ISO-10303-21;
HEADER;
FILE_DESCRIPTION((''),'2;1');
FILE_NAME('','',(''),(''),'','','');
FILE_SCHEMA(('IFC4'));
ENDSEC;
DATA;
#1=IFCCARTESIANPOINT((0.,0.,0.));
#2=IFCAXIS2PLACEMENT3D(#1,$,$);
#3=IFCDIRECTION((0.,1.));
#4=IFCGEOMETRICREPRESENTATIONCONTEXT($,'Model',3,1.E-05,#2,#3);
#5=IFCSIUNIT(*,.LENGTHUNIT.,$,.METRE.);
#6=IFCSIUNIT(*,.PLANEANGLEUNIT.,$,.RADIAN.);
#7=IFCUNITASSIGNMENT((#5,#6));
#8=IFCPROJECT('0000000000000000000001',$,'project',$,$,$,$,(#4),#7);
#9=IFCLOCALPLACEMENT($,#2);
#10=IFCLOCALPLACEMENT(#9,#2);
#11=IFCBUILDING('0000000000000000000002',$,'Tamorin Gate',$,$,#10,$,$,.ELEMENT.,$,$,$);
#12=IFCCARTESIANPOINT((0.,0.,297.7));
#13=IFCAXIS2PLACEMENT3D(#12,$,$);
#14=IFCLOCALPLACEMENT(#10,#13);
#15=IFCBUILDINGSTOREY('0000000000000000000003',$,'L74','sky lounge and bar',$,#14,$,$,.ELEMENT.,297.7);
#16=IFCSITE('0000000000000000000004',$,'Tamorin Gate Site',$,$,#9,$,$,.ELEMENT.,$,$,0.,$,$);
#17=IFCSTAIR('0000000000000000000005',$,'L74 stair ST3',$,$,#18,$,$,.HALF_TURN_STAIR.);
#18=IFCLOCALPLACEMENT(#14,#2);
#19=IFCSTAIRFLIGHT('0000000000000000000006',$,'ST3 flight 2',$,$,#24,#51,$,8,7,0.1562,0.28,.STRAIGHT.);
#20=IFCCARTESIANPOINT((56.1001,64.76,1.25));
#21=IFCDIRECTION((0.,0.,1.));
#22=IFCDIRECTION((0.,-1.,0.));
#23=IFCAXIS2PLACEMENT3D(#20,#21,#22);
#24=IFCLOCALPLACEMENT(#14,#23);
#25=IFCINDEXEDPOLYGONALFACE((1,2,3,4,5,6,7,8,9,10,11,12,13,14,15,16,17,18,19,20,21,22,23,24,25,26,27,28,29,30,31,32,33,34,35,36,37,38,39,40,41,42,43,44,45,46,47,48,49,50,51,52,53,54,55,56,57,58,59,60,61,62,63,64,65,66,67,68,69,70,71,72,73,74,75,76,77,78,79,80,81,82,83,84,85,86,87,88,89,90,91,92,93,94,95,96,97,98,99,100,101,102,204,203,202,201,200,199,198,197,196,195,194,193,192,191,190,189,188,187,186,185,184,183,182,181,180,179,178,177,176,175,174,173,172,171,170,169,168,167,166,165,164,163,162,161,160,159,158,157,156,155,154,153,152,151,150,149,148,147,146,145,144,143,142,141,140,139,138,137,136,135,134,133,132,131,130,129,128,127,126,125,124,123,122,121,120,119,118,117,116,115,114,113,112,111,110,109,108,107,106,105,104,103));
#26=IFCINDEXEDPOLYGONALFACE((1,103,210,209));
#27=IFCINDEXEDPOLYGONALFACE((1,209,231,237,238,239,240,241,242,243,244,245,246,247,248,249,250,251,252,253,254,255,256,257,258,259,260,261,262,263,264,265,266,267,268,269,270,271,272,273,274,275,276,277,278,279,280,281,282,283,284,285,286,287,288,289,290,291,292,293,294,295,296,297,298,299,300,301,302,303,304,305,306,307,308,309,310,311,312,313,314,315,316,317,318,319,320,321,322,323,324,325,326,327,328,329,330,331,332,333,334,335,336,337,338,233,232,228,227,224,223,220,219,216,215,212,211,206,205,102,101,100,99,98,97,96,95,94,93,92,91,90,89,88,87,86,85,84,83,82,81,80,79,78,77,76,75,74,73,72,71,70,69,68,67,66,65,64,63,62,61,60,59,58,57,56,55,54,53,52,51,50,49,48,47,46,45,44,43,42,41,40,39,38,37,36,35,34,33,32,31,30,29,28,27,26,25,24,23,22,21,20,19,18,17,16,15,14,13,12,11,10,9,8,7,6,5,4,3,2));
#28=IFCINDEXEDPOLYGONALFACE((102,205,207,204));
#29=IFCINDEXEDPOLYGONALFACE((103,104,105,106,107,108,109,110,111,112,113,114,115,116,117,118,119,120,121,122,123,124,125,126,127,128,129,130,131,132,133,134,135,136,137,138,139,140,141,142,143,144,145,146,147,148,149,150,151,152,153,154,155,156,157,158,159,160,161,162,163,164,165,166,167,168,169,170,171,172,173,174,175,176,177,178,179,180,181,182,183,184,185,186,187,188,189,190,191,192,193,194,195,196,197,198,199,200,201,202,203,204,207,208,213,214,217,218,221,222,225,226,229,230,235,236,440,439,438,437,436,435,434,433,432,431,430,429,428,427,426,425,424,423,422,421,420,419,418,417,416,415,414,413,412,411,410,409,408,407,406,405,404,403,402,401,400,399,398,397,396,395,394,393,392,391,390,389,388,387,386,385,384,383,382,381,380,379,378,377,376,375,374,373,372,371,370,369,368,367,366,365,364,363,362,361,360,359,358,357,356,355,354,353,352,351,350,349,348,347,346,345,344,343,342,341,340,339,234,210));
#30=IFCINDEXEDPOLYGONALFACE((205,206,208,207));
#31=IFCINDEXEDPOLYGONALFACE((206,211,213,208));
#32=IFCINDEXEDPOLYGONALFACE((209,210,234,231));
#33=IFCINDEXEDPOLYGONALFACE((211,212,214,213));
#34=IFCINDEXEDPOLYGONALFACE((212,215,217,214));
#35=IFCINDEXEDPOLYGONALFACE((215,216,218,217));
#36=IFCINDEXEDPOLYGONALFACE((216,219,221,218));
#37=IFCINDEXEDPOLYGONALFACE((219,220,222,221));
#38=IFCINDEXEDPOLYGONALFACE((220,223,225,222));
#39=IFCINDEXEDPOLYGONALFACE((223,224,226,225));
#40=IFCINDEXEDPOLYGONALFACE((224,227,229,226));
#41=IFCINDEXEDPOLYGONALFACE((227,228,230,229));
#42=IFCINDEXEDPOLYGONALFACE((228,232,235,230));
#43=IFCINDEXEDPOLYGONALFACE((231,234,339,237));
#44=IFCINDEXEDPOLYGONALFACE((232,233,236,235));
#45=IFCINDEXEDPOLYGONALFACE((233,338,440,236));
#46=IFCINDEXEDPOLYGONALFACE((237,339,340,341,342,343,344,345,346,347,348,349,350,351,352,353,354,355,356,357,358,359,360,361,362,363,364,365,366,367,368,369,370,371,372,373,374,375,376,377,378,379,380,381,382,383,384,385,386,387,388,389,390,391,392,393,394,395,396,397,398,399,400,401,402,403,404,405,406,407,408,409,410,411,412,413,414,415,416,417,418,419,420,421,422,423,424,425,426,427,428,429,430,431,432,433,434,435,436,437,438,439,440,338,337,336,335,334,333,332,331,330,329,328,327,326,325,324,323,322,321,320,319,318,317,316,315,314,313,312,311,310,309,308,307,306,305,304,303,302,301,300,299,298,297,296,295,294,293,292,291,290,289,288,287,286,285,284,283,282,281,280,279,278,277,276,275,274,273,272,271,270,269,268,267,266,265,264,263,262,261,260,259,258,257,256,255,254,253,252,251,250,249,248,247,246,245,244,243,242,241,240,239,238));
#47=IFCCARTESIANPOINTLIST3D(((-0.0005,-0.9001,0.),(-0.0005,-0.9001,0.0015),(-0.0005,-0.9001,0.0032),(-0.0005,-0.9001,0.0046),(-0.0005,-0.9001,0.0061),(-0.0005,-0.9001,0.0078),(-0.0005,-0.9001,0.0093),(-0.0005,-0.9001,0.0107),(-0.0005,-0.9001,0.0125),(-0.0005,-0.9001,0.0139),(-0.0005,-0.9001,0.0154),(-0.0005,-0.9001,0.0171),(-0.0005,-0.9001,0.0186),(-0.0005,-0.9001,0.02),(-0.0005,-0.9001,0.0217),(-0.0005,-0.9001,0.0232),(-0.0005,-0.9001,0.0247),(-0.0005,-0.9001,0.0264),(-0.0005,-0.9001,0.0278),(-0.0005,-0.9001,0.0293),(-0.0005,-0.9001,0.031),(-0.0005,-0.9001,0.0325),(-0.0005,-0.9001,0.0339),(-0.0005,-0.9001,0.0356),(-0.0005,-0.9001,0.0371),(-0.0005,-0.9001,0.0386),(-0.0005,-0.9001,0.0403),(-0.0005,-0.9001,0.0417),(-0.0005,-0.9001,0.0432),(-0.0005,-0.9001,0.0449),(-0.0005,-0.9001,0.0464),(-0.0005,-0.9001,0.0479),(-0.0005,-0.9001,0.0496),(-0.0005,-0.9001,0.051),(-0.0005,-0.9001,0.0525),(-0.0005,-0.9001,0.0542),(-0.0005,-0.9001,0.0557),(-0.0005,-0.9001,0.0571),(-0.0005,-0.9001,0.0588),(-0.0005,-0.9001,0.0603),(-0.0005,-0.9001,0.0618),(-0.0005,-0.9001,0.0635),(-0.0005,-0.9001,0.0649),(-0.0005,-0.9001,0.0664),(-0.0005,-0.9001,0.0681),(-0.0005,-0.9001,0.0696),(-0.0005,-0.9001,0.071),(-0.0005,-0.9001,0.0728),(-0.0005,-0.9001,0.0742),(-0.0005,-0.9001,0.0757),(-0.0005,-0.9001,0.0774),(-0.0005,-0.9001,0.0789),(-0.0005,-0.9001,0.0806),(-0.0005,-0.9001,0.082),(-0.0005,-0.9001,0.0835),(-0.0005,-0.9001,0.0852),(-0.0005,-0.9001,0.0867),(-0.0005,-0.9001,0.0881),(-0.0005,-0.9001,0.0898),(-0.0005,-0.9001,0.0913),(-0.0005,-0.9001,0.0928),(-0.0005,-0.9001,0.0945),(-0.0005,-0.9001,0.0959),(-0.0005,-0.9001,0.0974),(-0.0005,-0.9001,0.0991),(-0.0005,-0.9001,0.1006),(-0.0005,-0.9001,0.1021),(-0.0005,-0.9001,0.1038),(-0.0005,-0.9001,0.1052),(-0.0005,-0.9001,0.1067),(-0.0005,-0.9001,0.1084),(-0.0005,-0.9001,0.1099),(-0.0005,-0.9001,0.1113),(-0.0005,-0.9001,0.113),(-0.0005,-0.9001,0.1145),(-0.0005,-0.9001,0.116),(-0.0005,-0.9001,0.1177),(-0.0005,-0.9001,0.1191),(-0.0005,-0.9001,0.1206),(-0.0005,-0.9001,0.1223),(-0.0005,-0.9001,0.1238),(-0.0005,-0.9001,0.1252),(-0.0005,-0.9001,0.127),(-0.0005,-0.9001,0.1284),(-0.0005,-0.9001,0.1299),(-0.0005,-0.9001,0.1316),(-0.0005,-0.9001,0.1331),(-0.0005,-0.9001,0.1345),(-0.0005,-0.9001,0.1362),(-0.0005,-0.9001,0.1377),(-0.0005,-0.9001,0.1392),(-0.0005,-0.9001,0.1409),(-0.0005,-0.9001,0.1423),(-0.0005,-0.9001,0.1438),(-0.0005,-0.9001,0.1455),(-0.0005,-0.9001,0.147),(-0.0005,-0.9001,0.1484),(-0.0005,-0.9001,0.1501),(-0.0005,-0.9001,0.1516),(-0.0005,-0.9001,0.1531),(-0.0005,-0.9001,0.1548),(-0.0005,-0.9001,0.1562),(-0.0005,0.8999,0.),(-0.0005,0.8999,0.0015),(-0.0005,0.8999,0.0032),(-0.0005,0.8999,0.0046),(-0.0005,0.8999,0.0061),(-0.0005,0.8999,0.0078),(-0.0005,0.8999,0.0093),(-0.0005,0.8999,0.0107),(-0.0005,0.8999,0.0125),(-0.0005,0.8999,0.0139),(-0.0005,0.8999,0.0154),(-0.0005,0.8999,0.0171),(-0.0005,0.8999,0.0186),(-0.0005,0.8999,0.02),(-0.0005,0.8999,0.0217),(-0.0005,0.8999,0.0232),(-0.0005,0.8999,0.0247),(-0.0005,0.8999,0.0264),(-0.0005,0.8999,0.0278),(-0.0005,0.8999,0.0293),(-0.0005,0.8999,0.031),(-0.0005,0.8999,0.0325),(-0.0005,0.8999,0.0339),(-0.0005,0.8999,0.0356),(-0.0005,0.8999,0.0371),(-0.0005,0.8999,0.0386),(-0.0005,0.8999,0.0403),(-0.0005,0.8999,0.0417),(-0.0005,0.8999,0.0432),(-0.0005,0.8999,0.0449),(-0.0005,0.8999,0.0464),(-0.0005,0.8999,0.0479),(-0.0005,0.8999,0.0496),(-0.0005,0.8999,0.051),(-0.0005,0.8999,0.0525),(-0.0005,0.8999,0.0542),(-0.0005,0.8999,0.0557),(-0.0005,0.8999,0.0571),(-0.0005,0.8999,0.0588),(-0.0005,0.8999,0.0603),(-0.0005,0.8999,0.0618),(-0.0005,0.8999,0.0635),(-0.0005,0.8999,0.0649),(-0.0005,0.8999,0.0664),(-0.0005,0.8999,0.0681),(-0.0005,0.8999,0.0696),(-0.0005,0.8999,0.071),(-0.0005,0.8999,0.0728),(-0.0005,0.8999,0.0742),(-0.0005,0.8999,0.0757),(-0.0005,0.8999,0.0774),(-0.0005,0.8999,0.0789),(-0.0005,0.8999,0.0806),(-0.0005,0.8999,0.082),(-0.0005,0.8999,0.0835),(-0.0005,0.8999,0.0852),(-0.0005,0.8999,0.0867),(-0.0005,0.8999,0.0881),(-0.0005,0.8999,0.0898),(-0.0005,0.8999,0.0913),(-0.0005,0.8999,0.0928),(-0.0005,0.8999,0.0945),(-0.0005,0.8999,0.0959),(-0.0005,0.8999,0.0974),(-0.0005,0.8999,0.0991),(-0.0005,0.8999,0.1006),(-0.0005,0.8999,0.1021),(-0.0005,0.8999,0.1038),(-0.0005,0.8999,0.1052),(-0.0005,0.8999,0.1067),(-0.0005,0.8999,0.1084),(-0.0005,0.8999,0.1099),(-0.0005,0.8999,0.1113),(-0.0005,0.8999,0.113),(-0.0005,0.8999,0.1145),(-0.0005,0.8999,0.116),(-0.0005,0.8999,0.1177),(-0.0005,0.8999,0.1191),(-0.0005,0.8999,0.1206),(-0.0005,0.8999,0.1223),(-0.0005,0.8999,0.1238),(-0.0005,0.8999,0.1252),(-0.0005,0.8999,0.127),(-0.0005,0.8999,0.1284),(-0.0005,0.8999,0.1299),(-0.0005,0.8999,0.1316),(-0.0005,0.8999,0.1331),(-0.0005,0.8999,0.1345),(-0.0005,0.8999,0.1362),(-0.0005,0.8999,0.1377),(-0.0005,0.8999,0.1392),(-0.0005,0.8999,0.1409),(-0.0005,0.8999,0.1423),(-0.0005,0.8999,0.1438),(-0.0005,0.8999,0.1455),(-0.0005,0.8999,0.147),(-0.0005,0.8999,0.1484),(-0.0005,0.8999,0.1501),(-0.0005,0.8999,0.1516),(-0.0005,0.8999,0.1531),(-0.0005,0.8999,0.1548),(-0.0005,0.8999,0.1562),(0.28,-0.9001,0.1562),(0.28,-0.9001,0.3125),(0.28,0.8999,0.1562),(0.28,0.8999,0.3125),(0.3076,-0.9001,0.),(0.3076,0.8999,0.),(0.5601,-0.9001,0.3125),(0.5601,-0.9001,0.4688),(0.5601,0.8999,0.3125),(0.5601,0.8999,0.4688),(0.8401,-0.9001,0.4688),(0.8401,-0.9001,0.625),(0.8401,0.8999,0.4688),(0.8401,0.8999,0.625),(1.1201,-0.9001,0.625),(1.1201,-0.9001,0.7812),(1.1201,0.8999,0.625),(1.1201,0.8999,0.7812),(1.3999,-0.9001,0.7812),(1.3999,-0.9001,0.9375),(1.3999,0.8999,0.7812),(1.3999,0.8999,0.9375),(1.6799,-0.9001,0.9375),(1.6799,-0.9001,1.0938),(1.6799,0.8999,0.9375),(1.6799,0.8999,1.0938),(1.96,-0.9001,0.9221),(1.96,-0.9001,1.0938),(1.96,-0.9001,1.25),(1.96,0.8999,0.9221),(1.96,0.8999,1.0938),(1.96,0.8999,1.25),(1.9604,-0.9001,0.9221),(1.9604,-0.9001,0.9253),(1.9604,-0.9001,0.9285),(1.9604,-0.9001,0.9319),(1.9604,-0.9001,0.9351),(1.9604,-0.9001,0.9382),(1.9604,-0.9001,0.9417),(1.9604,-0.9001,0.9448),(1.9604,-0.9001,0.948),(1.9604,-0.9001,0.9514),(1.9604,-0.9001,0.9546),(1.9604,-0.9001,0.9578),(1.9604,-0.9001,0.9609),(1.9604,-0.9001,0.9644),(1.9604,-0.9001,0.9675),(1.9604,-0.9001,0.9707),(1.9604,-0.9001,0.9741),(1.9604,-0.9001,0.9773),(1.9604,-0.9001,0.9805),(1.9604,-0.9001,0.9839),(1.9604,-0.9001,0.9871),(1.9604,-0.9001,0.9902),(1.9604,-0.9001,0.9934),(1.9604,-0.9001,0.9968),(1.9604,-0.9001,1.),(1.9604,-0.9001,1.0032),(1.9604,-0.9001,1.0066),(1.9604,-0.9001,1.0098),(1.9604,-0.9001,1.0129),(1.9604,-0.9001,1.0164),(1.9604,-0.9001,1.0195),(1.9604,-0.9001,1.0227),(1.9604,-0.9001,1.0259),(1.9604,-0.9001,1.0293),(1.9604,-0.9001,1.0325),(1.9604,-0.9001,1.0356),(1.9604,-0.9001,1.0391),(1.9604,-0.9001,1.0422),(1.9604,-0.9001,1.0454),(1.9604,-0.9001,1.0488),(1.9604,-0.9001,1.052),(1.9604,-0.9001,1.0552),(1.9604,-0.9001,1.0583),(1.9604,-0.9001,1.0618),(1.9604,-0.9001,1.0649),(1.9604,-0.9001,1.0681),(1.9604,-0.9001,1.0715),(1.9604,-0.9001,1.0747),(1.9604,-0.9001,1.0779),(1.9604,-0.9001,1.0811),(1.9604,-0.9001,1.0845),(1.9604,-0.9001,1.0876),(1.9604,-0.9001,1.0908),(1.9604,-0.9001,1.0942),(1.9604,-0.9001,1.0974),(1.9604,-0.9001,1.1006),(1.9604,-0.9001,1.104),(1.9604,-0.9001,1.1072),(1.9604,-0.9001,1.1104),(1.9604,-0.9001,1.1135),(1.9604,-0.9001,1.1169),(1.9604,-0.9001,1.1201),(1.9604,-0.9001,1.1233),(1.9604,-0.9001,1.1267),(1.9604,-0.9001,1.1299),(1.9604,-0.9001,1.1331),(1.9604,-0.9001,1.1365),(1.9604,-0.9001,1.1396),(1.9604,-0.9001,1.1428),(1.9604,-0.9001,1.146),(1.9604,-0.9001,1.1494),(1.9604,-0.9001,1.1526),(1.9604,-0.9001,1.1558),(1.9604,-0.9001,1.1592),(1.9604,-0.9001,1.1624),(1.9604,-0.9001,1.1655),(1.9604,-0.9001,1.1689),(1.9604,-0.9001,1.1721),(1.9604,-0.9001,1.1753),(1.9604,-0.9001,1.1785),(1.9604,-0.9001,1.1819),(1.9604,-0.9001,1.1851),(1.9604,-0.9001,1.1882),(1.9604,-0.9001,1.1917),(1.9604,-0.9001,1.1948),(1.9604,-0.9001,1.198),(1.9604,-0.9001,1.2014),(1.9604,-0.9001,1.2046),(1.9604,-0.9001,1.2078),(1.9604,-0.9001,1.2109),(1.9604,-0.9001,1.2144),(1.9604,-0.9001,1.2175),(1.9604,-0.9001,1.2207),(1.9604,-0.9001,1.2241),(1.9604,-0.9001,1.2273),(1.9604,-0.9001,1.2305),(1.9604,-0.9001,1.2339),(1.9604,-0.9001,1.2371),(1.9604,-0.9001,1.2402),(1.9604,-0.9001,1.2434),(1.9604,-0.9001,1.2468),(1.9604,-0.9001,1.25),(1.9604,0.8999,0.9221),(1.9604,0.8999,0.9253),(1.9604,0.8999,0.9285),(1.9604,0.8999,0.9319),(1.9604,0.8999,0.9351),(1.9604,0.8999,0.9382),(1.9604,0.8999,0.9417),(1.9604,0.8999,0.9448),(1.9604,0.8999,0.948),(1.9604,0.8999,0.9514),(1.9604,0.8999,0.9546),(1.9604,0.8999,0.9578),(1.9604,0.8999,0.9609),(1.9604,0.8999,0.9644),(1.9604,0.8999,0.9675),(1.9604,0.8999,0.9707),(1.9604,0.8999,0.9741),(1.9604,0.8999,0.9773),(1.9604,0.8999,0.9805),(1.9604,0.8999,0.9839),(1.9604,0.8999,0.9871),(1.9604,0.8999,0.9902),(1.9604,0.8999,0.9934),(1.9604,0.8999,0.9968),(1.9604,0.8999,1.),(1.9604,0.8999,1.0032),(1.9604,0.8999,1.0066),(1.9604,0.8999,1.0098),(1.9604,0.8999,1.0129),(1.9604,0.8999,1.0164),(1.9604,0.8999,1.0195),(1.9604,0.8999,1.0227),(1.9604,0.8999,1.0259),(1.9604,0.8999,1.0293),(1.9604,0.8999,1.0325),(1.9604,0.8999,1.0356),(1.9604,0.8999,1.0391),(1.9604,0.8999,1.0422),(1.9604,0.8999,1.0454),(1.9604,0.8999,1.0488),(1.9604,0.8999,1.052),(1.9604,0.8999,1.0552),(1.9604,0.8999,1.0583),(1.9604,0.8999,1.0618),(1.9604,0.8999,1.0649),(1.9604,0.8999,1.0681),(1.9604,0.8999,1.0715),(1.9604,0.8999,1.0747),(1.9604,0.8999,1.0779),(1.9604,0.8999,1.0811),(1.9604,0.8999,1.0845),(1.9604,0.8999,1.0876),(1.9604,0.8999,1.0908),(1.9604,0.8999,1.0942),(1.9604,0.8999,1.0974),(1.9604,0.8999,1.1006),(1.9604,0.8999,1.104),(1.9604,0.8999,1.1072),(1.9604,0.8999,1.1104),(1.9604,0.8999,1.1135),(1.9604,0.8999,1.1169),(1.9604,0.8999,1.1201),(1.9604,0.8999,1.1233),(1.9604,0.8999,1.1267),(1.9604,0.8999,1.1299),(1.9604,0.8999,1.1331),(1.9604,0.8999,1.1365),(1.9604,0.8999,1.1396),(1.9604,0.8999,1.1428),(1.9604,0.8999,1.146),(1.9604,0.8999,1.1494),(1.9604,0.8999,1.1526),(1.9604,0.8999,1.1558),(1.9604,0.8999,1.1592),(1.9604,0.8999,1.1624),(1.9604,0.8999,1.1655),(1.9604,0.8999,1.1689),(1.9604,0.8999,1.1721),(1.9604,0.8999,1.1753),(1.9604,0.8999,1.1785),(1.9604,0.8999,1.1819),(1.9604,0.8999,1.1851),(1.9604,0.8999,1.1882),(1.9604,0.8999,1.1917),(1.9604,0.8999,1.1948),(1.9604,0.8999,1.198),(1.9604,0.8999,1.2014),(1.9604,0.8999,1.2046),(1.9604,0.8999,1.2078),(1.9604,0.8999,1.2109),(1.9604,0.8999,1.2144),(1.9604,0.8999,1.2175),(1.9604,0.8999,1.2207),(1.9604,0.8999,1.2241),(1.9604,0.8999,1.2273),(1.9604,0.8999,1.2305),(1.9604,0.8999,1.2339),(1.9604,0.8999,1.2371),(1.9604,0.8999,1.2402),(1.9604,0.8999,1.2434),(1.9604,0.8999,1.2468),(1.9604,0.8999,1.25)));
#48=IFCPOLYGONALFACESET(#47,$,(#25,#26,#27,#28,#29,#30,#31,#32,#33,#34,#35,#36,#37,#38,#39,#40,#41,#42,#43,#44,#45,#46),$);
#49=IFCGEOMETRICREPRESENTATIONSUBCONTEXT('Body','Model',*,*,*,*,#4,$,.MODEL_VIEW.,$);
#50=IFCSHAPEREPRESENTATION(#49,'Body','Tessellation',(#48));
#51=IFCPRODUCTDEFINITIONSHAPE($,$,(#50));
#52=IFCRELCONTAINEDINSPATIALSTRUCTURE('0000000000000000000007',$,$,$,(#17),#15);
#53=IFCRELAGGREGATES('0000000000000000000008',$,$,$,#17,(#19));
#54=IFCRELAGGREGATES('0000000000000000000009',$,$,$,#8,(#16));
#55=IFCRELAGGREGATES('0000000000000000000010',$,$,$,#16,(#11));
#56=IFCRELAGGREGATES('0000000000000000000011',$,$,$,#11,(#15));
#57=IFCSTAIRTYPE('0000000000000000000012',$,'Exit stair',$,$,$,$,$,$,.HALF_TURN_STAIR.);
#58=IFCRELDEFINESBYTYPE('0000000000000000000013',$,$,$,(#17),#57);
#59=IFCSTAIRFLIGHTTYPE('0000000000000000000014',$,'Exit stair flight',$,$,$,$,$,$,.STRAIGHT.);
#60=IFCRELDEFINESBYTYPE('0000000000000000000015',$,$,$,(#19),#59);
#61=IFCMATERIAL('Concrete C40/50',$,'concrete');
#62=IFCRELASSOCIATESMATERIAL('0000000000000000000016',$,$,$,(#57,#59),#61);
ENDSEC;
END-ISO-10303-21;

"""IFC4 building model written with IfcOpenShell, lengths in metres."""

from ifc_helpers import new_model, si_unit, direction, frame, origin, place, context, subcontext, project, spatial, polyline, outline, extrude, material, type_object, element, aggregate, save


model = new_model("IFC4")

# Units and contexts
model_context = context("Model", 3, precision=1e-05, world=origin(), true_north=direction((0.0, 1.0)))
body_context = subcontext(model_context, "Body", "Model", "MODEL_VIEW")
ifc_project = project(units=[si_unit("LENGTHUNIT", "METRE"), si_unit("PLANEANGLEUNIT", "RADIAN")], contexts=[model_context])

# Site, building, storey
site_placement = place(None, origin())
site = spatial("IfcSite", under=ifc_project, at=site_placement, Name="Tamorin Gate Site", CompositionType="ELEMENT", RefElevation=0.0)
building_placement = place(site_placement, origin())
building = spatial("IfcBuilding", under=site, at=building_placement, Name="Tamorin Gate", CompositionType="ELEMENT")
storey_placement = place(building_placement, frame((0.0, 0.0, 297.7)))
storey = spatial("IfcBuildingStorey", under=building, at=storey_placement, Name="L74", Description="sky lounge and bar", CompositionType="ELEMENT", Elevation=297.7)

# Shared definitions
ifc_material_1 = material(Name="Concrete C40/50", Category="concrete")

# Stair, stair flight
stair_type = type_object("IfcStairType", Name="Exit stair", PredefinedType="HALF_TURN_STAIR", material=ifc_material_1)
stair_placement = place(storey_placement, origin())
stair = element("IfcStair", 1, at=stair_placement, inside=storey, type_object=stair_type, Name="L74 stair ST3", PredefinedType="HALF_TURN_STAIR")
stair_flight_type = type_object("IfcStairFlightType", Name="Exit stair flight", PredefinedType="STRAIGHT", material=ifc_material_1)
stair_flight_1_placement = place(storey_placement, frame((56.1001, 64.76, 1.25), z_axis=(0.0, 0.0, 1.0), x_axis=(0.0, -1.0, 0.0)))
stair_flight_1 = element("IfcStairFlight", 2, at=stair_flight_1_placement, type_object=stair_flight_type, Name="ST3 flight 2", NumberOfRisers=8, NumberOfTreads=7, PredefinedType="STRAIGHT", RiserHeight=0.1562, TreadLength=0.28, context=body_context, shape_type="SweptSolid", body=[
    extrude(outline(polyline([(-0.0005, 0.0), (-0.0005, 0.0015), (-0.0005, 0.0032), (-0.0005, 0.0046), (-0.0005, 0.0061), (-0.0005, 0.0078), (-0.0005, 0.0093), (-0.0005, 0.0107), (-0.0005, 0.0125), (-0.0005, 0.0139), (-0.0005, 0.0154), (-0.0005, 0.0171), (-0.0005, 0.0186), (-0.0005, 0.02), (-0.0005, 0.0217), (-0.0005, 0.0232), (-0.0005, 0.0247), (-0.0005, 0.0264), (-0.0005, 0.0278), (-0.0005, 0.0293), (-0.0005, 0.031), (-0.0005, 0.0325), (-0.0005, 0.0339), (-0.0005, 0.0356), (-0.0005, 0.0371), (-0.0005, 0.0386), (-0.0005, 0.0403), (-0.0005, 0.0417), (-0.0005, 0.0432), (-0.0005, 0.0449), (-0.0005, 0.0464), (-0.0005, 0.0479), (-0.0005, 0.0496), (-0.0005, 0.051), (-0.0005, 0.0525), (-0.0005, 0.0542), (-0.0005, 0.0557), (-0.0005, 0.0571), (-0.0005, 0.0588), (-0.0005, 0.0603), (-0.0005, 0.0618), (-0.0005, 0.0635), (-0.0005, 0.0649), (-0.0005, 0.0664), (-0.0005, 0.0681), (-0.0005, 0.0696), (-0.0005, 0.071), (-0.0005, 0.0728), (-0.0005, 0.0742), (-0.0005, 0.0757), (-0.0005, 0.0774), (-0.0005, 0.0789), (-0.0005, 0.0806), (-0.0005, 0.082), (-0.0005, 0.0835), (-0.0005, 0.0852), (-0.0005, 0.0867), (-0.0005, 0.0881), (-0.0005, 0.0898), (-0.0005, 0.0913), (-0.0005, 0.0928), (-0.0005, 0.0945), (-0.0005, 0.0959), (-0.0005, 0.0974), (-0.0005, 0.0991), (-0.0005, 0.1006), (-0.0005, 0.1021), (-0.0005, 0.1038), (-0.0005, 0.1052), (-0.0005, 0.1067), (-0.0005, 0.1084), (-0.0005, 0.1099), (-0.0005, 0.1113), (-0.0005, 0.113), (-0.0005, 0.1145), (-0.0005, 0.116), (-0.0005, 0.1177), (-0.0005, 0.1191), (-0.0005, 0.1206), (-0.0005, 0.1223), (-0.0005, 0.1238), (-0.0005, 0.1252), (-0.0005, 0.127), (-0.0005, 0.1284), (-0.0005, 0.1299), (-0.0005, 0.1316), (-0.0005, 0.1331), (-0.0005, 0.1345), (-0.0005, 0.1362), (-0.0005, 0.1377), (-0.0005, 0.1392), (-0.0005, 0.1409), (-0.0005, 0.1423), (-0.0005, 0.1438), (-0.0005, 0.1455), (-0.0005, 0.147), (-0.0005, 0.1484), (-0.0005, 0.1501), (-0.0005, 0.1516), (-0.0005, 0.1531), (-0.0005, 0.1548), (-0.0005, 0.1562), (0.28, 0.1562), (0.28, 0.3125), (0.5601, 0.3125), (0.5601, 0.4688), (0.8401, 0.4688), (0.8401, 0.625), (1.1201, 0.625), (1.1201, 0.7812), (1.3999, 0.7812), (1.3999, 0.9375), (1.6799, 0.9375), (1.6799, 1.0938), (1.96, 1.0938), (1.96, 1.25), (1.9604, 1.25), (1.9604, 1.2468), (1.9604, 1.2434), (1.9604, 1.2402), (1.9604, 1.2371), (1.9604, 1.2339), (1.9604, 1.2305), (1.9604, 1.2273), (1.9604, 1.2241), (1.9604, 1.2207), (1.9604, 1.2175), (1.9604, 1.2144), (1.9604, 1.2109), (1.9604, 1.2078), (1.9604, 1.2046), (1.9604, 1.2014), (1.9604, 1.198), (1.9604, 1.1948), (1.9604, 1.1917), (1.9604, 1.1882), (1.9604, 1.1851), (1.9604, 1.1819), (1.9604, 1.1785), (1.9604, 1.1753), (1.9604, 1.1721), (1.9604, 1.1689), (1.9604, 1.1655), (1.9604, 1.1624), (1.9604, 1.1592), (1.9604, 1.1558), (1.9604, 1.1526), (1.9604, 1.1494), (1.9604, 1.146), (1.9604, 1.1428), (1.9604, 1.1396), (1.9604, 1.1365), (1.9604, 1.1331), (1.9604, 1.1299), (1.9604, 1.1267), (1.9604, 1.1233), (1.9604, 1.1201), (1.9604, 1.1169), (1.9604, 1.1135), (1.9604, 1.1104), (1.9604, 1.1072), (1.9604, 1.104), (1.9604, 1.1006), (1.9604, 1.0974), (1.9604, 1.0942), (1.9604, 1.0908), (1.9604, 1.0876), (1.9604, 1.0845), (1.9604, 1.0811), (1.9604, 1.0779), (1.9604, 1.0747), (1.9604, 1.0715), (1.9604, 1.0681), (1.9604, 1.0649), (1.9604, 1.0618), (1.9604, 1.0583), (1.9604, 1.0552), (1.9604, 1.052), (1.9604, 1.0488), (1.9604, 1.0454), (1.9604, 1.0422), (1.9604, 1.0391), (1.9604, 1.0356), (1.9604, 1.0325), (1.9604, 1.0293), (1.9604, 1.0259), (1.9604, 1.0227), (1.9604, 1.0195), (1.9604, 1.0164), (1.9604, 1.0129), (1.9604, 1.0098), (1.9604, 1.0066), (1.9604, 1.0032), (1.9604, 1.0), (1.9604, 0.9968), (1.9604, 0.9934), (1.9604, 0.9902), (1.9604, 0.9871), (1.9604, 0.9839), (1.9604, 0.9805), (1.9604, 0.9773), (1.9604, 0.9741), (1.9604, 0.9707), (1.9604, 0.9675), (1.9604, 0.9644), (1.9604, 0.9609), (1.9604, 0.9578), (1.9604, 0.9546), (1.9604, 0.9514), (1.9604, 0.948), (1.9604, 0.9448), (1.9604, 0.9417), (1.9604, 0.9382), (1.9604, 0.9351), (1.9604, 0.9319), (1.9604, 0.9285), (1.9604, 0.9253), (1.9604, 0.9221), (1.96, 0.9221), (0.3076, 0.0), (-0.0005, 0.0)])), frame((0.0, 0.8999, 0.0), z_axis=(0.0, -1.0, 0.0), x_axis=(1.0, 0.0, 0.0)), (0.0, 0.0, 1.0), 1.8),
])
aggregate(stair, [stair_flight_1])

save(model, "model.ifc")
